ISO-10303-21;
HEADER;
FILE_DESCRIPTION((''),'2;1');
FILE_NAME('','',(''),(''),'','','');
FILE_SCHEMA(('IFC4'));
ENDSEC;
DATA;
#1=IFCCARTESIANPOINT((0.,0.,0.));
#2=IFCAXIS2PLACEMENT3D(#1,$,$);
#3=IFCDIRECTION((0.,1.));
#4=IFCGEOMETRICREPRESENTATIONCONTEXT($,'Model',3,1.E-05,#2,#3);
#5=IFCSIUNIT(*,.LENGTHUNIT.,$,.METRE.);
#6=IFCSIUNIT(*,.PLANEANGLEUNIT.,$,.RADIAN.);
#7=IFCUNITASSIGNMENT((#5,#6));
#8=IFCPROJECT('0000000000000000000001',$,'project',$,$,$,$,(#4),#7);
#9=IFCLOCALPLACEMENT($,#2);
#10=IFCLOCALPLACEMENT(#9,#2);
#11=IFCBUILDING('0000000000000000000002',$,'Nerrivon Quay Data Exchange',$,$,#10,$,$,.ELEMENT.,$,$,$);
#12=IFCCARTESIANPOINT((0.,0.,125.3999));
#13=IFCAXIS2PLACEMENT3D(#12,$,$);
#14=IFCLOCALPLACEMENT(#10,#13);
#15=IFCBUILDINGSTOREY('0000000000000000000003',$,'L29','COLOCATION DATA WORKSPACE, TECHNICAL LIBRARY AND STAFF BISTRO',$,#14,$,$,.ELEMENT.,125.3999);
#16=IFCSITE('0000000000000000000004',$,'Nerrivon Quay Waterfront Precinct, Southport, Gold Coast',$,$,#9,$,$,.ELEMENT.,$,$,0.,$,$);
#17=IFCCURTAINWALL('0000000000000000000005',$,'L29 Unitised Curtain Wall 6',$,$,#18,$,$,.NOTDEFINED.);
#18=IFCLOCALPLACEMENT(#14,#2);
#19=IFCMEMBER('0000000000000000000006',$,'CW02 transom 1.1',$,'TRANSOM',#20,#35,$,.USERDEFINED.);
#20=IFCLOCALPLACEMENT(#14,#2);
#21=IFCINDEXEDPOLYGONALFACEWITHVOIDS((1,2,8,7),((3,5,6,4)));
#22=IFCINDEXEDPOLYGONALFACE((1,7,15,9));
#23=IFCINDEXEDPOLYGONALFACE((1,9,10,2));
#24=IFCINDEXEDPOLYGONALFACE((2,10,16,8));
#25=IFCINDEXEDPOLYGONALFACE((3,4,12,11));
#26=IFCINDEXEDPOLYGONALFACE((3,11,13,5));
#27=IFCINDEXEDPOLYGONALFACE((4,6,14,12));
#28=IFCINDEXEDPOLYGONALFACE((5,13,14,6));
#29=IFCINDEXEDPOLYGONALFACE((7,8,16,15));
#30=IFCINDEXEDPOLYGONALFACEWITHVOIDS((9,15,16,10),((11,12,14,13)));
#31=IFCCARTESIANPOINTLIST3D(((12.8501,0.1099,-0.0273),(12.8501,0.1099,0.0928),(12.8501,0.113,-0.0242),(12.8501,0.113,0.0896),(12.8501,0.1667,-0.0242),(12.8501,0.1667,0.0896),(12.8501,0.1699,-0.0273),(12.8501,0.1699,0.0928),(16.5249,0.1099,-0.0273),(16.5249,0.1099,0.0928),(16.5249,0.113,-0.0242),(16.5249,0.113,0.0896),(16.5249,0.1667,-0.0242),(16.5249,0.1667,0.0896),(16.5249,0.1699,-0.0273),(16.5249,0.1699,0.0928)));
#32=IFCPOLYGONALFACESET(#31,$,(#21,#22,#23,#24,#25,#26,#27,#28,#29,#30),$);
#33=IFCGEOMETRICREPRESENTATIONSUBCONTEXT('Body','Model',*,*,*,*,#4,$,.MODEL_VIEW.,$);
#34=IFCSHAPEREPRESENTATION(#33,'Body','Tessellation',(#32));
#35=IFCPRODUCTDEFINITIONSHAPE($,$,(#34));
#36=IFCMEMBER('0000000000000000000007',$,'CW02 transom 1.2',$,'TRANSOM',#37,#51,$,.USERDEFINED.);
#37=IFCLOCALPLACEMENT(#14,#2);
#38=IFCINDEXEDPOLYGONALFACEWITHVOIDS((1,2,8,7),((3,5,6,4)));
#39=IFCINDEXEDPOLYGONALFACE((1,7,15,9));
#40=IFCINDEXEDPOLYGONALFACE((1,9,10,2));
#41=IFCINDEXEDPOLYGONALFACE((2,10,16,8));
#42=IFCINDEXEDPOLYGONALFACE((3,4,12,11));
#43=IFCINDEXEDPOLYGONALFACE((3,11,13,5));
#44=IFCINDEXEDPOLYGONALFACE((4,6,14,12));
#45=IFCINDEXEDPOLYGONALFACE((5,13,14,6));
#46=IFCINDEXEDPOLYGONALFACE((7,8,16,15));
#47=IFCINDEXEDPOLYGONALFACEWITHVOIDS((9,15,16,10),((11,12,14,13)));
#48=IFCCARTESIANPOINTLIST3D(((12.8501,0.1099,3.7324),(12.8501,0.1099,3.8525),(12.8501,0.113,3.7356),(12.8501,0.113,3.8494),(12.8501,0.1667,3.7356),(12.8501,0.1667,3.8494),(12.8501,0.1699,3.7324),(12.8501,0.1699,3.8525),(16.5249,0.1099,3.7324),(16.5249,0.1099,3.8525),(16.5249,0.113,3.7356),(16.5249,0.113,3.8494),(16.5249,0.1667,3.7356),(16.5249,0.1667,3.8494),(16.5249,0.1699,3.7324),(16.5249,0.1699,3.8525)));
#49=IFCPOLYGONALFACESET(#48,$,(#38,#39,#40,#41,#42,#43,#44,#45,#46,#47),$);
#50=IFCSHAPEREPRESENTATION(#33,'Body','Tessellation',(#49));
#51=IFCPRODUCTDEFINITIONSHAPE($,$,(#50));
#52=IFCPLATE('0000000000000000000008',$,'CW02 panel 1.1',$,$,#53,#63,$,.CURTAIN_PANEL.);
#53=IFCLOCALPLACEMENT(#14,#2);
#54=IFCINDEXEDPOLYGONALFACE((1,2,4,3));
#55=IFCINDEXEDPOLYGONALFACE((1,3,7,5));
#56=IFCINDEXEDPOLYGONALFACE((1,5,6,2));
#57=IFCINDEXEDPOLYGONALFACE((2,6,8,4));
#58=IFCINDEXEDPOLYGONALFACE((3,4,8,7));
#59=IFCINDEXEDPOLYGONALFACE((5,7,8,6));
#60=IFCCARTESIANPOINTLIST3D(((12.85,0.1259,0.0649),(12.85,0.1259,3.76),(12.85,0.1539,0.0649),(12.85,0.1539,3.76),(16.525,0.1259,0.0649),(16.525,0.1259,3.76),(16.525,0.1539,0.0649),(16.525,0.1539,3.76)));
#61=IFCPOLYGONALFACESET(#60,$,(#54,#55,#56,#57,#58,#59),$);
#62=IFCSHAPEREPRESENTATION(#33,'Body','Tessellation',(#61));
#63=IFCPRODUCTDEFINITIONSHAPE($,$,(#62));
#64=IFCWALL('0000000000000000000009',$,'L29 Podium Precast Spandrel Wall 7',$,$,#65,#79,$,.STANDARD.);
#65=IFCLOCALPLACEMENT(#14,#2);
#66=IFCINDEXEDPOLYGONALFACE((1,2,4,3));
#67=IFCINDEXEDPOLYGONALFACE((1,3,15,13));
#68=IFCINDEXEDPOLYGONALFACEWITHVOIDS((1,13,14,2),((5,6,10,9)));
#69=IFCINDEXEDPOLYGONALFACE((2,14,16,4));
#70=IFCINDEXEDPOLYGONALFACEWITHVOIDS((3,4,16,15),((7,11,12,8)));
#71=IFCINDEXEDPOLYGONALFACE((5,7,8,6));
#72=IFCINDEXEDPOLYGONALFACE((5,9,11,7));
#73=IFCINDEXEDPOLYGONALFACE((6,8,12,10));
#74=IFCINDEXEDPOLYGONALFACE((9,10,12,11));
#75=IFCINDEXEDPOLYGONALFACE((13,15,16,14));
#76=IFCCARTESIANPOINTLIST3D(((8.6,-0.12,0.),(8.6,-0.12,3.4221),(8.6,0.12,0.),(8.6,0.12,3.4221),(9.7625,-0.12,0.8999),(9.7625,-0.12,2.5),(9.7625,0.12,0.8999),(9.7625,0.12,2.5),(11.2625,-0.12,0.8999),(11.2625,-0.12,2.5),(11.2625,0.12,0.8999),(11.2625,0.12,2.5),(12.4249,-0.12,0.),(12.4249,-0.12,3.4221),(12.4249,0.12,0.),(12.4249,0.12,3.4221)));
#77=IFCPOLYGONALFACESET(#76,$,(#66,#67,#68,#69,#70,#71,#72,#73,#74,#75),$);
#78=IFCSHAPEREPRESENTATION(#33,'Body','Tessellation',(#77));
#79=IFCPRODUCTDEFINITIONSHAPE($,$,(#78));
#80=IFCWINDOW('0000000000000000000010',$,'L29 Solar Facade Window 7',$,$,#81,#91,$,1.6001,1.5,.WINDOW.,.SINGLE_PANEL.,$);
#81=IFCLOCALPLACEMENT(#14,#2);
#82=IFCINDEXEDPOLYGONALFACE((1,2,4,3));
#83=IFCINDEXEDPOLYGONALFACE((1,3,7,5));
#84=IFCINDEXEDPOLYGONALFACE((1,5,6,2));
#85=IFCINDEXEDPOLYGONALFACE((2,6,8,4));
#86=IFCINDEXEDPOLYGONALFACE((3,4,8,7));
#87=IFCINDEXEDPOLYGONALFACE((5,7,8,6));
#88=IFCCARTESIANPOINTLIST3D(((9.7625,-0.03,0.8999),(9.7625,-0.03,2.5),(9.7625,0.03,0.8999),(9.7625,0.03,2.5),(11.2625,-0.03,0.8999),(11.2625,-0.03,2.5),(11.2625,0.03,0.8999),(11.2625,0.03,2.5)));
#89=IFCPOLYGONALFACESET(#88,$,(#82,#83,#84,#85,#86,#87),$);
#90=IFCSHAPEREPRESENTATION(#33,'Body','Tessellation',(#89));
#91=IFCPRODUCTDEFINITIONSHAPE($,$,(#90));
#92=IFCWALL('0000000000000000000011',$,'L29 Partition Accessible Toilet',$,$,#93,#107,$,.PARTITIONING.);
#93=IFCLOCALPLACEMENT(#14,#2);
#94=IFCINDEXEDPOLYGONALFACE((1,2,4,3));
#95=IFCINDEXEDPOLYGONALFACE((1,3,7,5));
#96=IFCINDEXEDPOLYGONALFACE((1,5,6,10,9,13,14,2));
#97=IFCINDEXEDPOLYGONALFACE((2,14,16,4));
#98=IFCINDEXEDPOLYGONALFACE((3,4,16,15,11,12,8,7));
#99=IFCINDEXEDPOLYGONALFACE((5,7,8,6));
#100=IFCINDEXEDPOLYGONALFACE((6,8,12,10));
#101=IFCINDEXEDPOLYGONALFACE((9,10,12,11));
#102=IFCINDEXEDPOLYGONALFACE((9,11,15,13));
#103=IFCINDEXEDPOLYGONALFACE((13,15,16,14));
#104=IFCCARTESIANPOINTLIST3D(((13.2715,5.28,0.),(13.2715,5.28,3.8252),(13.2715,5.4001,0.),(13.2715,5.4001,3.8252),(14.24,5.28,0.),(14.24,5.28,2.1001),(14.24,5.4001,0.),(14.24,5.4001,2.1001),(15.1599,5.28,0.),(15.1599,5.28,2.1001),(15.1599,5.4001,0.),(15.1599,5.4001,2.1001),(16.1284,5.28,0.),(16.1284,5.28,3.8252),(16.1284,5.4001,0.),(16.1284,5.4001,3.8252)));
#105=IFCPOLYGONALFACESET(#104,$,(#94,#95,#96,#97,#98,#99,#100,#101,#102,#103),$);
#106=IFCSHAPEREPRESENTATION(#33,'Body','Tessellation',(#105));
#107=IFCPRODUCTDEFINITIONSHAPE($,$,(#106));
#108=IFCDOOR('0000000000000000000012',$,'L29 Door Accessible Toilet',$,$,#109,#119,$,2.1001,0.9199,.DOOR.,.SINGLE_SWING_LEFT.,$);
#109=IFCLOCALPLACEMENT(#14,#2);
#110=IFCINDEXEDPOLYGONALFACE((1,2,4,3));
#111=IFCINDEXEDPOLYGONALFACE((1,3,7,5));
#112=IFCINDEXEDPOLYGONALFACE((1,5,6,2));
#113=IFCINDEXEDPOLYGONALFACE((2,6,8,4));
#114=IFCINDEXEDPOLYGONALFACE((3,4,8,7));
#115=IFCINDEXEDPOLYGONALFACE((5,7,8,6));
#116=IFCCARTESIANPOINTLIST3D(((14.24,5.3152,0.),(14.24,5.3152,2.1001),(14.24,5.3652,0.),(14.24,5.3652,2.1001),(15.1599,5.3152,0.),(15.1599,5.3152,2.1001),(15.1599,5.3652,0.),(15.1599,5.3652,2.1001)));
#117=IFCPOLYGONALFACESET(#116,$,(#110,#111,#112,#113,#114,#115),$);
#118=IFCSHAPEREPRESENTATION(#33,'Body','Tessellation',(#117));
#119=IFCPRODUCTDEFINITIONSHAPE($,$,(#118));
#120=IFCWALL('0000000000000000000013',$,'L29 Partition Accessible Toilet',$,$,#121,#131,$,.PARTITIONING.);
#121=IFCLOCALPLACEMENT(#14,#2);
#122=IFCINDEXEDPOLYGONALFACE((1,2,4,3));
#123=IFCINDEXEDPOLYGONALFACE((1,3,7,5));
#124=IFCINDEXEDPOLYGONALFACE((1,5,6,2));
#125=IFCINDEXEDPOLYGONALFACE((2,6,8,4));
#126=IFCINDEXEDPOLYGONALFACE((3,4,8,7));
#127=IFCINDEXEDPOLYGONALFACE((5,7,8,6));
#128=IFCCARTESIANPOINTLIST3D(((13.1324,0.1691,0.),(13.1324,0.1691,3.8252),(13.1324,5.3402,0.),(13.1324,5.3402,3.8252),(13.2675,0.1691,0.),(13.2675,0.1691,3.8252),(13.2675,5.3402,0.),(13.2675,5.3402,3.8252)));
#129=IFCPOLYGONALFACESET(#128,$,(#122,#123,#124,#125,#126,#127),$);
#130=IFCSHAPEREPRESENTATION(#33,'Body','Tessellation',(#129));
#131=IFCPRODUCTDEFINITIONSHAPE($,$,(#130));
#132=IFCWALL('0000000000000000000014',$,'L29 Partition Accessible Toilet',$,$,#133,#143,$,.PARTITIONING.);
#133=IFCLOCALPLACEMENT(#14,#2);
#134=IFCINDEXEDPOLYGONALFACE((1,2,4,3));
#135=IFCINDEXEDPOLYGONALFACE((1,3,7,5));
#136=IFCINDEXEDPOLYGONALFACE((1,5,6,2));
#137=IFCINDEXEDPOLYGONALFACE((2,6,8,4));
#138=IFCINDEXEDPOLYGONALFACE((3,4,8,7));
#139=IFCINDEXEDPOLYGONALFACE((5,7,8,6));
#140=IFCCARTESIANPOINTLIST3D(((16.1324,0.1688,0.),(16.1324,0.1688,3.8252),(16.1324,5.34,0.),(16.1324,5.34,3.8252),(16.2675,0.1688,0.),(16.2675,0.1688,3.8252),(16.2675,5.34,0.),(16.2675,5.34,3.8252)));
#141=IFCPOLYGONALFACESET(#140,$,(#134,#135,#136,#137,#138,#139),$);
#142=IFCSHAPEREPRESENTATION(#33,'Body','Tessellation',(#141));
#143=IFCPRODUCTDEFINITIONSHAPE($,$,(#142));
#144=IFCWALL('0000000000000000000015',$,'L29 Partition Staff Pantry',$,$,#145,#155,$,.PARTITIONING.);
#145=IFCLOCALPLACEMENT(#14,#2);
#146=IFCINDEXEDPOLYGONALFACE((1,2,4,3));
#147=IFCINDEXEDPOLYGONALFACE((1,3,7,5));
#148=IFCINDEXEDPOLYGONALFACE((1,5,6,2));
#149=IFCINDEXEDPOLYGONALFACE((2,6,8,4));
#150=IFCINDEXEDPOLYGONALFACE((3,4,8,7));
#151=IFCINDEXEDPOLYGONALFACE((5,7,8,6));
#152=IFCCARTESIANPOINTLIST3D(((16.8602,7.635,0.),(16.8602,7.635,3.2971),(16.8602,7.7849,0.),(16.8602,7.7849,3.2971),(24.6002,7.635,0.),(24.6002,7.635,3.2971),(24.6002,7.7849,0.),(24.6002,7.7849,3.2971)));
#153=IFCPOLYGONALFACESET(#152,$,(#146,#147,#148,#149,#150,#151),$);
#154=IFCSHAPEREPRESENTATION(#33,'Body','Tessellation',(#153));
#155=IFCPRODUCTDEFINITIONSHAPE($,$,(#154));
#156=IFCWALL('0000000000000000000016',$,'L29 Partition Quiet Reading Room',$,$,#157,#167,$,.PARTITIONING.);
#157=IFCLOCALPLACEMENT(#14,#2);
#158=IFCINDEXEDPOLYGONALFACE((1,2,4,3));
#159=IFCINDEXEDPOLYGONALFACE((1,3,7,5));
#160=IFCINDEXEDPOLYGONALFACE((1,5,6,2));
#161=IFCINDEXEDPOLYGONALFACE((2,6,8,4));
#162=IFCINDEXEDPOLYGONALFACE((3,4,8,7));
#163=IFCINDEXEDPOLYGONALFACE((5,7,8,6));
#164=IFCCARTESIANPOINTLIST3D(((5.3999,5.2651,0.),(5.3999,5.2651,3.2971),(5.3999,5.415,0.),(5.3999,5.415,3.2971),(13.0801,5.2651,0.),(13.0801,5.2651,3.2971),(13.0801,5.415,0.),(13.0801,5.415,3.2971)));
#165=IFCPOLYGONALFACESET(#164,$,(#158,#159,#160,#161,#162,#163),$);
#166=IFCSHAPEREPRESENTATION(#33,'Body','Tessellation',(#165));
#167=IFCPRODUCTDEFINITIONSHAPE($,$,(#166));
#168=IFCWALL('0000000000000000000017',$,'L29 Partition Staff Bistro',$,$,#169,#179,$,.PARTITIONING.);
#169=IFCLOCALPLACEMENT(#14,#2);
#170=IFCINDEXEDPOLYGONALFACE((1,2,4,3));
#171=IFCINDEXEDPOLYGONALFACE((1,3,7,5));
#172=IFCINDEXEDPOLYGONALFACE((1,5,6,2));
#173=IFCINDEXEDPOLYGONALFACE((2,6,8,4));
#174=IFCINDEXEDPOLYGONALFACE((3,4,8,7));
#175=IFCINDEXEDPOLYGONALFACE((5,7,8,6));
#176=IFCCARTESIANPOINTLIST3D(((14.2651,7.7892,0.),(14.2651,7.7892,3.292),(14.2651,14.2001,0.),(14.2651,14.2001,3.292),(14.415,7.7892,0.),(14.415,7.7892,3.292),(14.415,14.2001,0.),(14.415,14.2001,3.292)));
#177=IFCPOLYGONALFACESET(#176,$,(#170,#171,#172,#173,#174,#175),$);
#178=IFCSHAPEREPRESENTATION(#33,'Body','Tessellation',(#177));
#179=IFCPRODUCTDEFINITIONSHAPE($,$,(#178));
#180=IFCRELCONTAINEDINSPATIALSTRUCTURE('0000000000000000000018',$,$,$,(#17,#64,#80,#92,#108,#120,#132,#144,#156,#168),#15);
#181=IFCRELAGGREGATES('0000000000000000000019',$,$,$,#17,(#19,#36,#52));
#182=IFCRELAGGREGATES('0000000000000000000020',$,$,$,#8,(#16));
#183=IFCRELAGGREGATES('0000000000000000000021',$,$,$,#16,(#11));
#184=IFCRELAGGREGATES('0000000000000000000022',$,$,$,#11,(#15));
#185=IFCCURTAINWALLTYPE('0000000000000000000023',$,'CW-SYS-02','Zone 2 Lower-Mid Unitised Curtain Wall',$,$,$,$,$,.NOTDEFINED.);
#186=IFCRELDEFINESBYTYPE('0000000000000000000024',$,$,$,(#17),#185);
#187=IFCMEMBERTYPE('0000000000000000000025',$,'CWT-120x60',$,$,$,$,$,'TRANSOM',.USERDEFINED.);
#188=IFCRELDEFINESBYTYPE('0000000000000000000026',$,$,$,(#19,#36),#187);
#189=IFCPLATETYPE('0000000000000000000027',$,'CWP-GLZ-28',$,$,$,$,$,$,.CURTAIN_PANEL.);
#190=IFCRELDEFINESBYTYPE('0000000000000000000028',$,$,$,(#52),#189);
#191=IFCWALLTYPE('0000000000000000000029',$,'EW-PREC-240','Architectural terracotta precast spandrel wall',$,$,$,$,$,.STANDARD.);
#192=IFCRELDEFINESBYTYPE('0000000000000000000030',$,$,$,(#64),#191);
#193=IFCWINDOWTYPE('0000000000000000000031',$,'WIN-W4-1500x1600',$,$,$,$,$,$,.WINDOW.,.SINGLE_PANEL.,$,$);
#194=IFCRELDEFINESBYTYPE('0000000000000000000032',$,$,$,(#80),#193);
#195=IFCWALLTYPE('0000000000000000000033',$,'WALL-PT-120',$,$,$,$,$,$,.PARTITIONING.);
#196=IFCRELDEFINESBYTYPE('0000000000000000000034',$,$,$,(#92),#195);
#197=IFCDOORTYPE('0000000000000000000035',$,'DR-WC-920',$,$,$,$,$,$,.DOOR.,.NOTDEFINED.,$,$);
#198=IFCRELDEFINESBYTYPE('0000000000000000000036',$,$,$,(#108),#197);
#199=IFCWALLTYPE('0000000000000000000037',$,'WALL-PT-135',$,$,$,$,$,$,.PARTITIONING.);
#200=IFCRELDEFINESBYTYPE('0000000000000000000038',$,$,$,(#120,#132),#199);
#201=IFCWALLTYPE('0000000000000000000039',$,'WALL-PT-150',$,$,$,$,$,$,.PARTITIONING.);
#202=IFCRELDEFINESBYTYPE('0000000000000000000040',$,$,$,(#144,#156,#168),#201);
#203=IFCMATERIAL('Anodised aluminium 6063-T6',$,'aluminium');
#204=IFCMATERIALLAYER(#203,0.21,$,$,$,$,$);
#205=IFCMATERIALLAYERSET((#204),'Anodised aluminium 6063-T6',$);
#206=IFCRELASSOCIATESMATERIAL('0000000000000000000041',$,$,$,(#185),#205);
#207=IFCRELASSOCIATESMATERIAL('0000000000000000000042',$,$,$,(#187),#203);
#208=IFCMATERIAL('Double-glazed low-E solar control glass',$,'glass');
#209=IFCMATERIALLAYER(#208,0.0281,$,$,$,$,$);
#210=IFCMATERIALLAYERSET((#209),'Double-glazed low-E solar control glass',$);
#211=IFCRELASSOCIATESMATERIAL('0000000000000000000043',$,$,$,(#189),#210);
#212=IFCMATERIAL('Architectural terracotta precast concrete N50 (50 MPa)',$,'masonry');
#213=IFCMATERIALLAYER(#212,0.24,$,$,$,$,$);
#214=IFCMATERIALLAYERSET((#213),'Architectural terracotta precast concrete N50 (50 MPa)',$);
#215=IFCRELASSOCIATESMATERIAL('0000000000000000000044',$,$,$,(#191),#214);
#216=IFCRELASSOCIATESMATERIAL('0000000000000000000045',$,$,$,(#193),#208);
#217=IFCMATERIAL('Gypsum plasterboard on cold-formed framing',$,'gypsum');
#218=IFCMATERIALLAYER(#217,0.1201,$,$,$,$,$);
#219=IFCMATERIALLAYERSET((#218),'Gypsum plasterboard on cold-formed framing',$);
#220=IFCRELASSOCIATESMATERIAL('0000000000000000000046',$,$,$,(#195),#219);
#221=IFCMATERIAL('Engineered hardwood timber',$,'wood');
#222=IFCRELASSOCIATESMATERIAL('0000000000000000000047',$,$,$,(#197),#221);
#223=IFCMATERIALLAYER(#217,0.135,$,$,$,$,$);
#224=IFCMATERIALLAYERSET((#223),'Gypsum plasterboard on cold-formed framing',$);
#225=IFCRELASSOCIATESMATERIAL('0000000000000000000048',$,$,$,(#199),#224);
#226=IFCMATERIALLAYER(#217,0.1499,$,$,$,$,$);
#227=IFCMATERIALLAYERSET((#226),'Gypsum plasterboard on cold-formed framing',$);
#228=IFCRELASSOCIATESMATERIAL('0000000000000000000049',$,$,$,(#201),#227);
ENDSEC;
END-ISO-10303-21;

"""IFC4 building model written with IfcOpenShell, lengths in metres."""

from ifc_helpers import new_model, si_unit, direction, frame, frame_2d, origin, origin_2d, place, context, subcontext, project, spatial, rectangle, hollow_rectangle, extrude, material, layer, layer_set, material_profile, profile_set, type_object, element, fill, aggregate, save


model = new_model("IFC4")

# Units and contexts
model_context = context("Model", 3, precision=1e-05, world=origin(), true_north=direction((0.0, 1.0)))
body_context = subcontext(model_context, "Body", "Model", "MODEL_VIEW")
ifc_project = project(units=[si_unit("LENGTHUNIT", "METRE"), si_unit("PLANEANGLEUNIT", "RADIAN")], contexts=[model_context])

# Site, building, storey
site_placement = place(None, origin())
site = spatial("IfcSite", under=ifc_project, at=site_placement, Name="Nerrivon Quay Waterfront Precinct, Southport, Gold Coast", CompositionType="ELEMENT", RefElevation=0.0)
building_placement = place(site_placement, origin())
building = spatial("IfcBuilding", under=site, at=building_placement, Name="Nerrivon Quay Data Exchange", CompositionType="ELEMENT")
storey_placement = place(building_placement, frame((0.0, 0.0, 125.3999)))
storey = spatial("IfcBuildingStorey", under=building, at=storey_placement, Name="L29", Description="COLOCATION DATA WORKSPACE, TECHNICAL LIBRARY AND STAFF BISTRO", CompositionType="ELEMENT", Elevation=125.3999)

# Curtain wall, members, plate
ifc_material_1 = material(Name="Anodised aluminium 6063-T6", Category="aluminium")
ifc_layer_1 = layer(ifc_material_1, 0.21)
ifc_layer_set_1 = layer_set([ifc_layer_1], Name="Anodised aluminium 6063-T6")
curtain_wall_type = type_object("IfcCurtainWallType", Name="CW-SYS-02", Description="Zone 2 Lower-Mid Unitised Curtain Wall", PredefinedType="NOTDEFINED", material=ifc_layer_set_1)
curtain_wall_placement = place(storey_placement, origin())
curtain_wall = element("IfcCurtainWall", 1, at=curtain_wall_placement, inside=storey, type_object=curtain_wall_type, Name="L29 Unitised Curtain Wall 6", PredefinedType="NOTDEFINED")
ifc_material_profile_1 = material_profile(ifc_material_1, hollow_rectangle(XDim=0.0601, YDim=0.1201, WallThickness=0.0032, at=origin_2d()), Name="ALU-TRAN-120x60")
ifc_profile_set_1 = profile_set([ifc_material_profile_1], Name="Anodised aluminium 6063-T6")
member_type_1 = type_object("IfcMemberType", Name="CWT-120x60", ElementType="TRANSOM", PredefinedType="USERDEFINED", material=ifc_profile_set_1)
member_1_placement = place(storey_placement, frame((16.5249, 0.1399, 0.0327), z_axis=(-1.0, 0.0, 0.0), x_axis=(0.0, -1.0, 0.0)))
member_1 = element("IfcMember", 2, at=member_1_placement, type_object=member_type_1, Name="CW02 transom 1.1", ObjectType="TRANSOM", PredefinedType="USERDEFINED", context=body_context, shape_type="SweptSolid", body=[
    extrude(hollow_rectangle(XDim=0.0601, YDim=0.1201, WallThickness=0.0032, at=origin_2d()), origin(), (0.0, 0.0, 1.0), 3.6748),
])
member_2_placement = place(storey_placement, frame((16.5249, 0.1399, 3.7925), z_axis=(-1.0, 0.0, 0.0), x_axis=(0.0, -1.0, 0.0)))
member_2 = element("IfcMember", 3, at=member_2_placement, type_object=member_type_1, Name="CW02 transom 1.2", ObjectType="TRANSOM", PredefinedType="USERDEFINED", context=body_context, shape_type="SweptSolid", body=[
    extrude(hollow_rectangle(XDim=0.0601, YDim=0.1201, WallThickness=0.0032, at=origin_2d()), origin(), (0.0, 0.0, 1.0), 3.6748),
])
ifc_material_2 = material(Name="Double-glazed low-E solar control glass", Category="glass")
ifc_layer_2 = layer(ifc_material_2, 0.0281)
ifc_layer_set_2 = layer_set([ifc_layer_2], Name="Double-glazed low-E solar control glass")
plate_type = type_object("IfcPlateType", Name="CWP-GLZ-28", PredefinedType="CURTAIN_PANEL", material=ifc_layer_set_2)
plate_placement = place(storey_placement, frame((14.6875, 0.1399, 0.0649), z_axis=(0.0, 0.0, 1.0), x_axis=(-1.0, 0.0, 0.0)))
plate = element("IfcPlate", 4, at=plate_placement, type_object=plate_type, Name="CW02 panel 1.1", PredefinedType="CURTAIN_PANEL", context=body_context, shape_type="SweptSolid", body=[
    extrude(rectangle(XDim=3.675, YDim=0.0281, at=origin_2d()), origin(), (0.0, 0.0, 1.0), 3.6951),
])
aggregate(curtain_wall, [member_1, member_2, plate])

# Wall, opening, window
ifc_material_3 = material(Name="Architectural terracotta precast concrete N50 (50 MPa)", Category="masonry")
ifc_layer_3 = layer(ifc_material_3, 0.24)
ifc_layer_set_3 = layer_set([ifc_layer_3], Name="Architectural terracotta precast concrete N50 (50 MPa)")
wall_type_1 = type_object("IfcWallType", Name="EW-PREC-240", Description="Architectural terracotta precast spandrel wall", PredefinedType="STANDARD", material=ifc_layer_set_3)
wall_1_placement = place(storey_placement, frame((12.425, 0.0, 0.0), z_axis=(0.0, 0.0, 1.0), x_axis=(-1.0, 0.0, 0.0)))
wall_1 = element("IfcWall", 5, at=wall_1_placement, inside=storey, type_object=wall_type_1, Name="L29 Podium Precast Spandrel Wall 7", PredefinedType="STANDARD", context=body_context, shape_type="SweptSolid", body=[
    extrude(rectangle(XDim=3.825, YDim=0.24, at=frame_2d((1.9126, 0.0))), origin(), (0.0, 0.0, 1.0), 3.4221),
])
opening_1_placement = place(wall_1_placement, frame((1.1626, 0.0, 0.8999)))
opening_1 = element("IfcOpeningElement", 6, at=opening_1_placement, cuts=wall_1, PredefinedType="OPENING", context=body_context, shape_type="SweptSolid", body=[
    extrude(rectangle(XDim=1.5, YDim=1.6001, at=frame_2d((0.75, 0.8))), frame((0.0, 0.1299, 0.0), z_axis=(0.0, -1.0, 0.0), x_axis=(1.0, 0.0, 0.0)), (0.0, 0.0, 1.0), 0.26),
])
window_type = type_object("IfcWindowType", Name="WIN-W4-1500x1600", PartitioningType="SINGLE_PANEL", PredefinedType="WINDOW", material=ifc_material_2)
window_placement = place(opening_1_placement, origin())
window = element("IfcWindow", 7, at=window_placement, inside=storey, type_object=window_type, Name="L29 Solar Facade Window 7", OverallHeight=1.6001, OverallWidth=1.5, PartitioningType="SINGLE_PANEL", PredefinedType="WINDOW", context=body_context, shape_type="SweptSolid", body=[
    extrude(rectangle(XDim=1.5, YDim=1.6001, at=frame_2d((0.75, 0.8))), frame((0.0, 0.03, 0.0), z_axis=(0.0, -1.0, 0.0), x_axis=(1.0, 0.0, 0.0)), (0.0, 0.0, 1.0), 0.0601),
])
fill(opening_1, window)

# Wall, opening, door
ifc_material_4 = material(Name="Gypsum plasterboard on cold-formed framing", Category="gypsum")
ifc_layer_4 = layer(ifc_material_4, 0.1201)
ifc_layer_set_4 = layer_set([ifc_layer_4], Name="Gypsum plasterboard on cold-formed framing")
wall_type_2 = type_object("IfcWallType", Name="WALL-PT-120", PredefinedType="PARTITIONING", material=ifc_layer_set_4)
wall_2_placement = place(storey_placement, frame((16.1284, 5.3401, 0.0), z_axis=(0.0, 0.0, 1.0), x_axis=(-1.0, 0.0, 0.0)))
wall_2 = element("IfcWall", 8, at=wall_2_placement, inside=storey, type_object=wall_type_2, Name="L29 Partition Accessible Toilet", PredefinedType="PARTITIONING", context=body_context, shape_type="SweptSolid", body=[
    extrude(rectangle(XDim=2.8569, YDim=0.1201, at=frame_2d((1.4285, 0.0))), origin(), (0.0, 0.0, 1.0), 3.8252),
])
opening_2_placement = place(wall_2_placement, frame((0.9685, 0.0, 0.0)))
opening_2 = element("IfcOpeningElement", 9, at=opening_2_placement, cuts=wall_2, PredefinedType="OPENING", context=body_context, shape_type="SweptSolid", body=[
    extrude(rectangle(XDim=0.9199, YDim=2.1001, at=frame_2d((0.46, 1.05))), frame((0.0, 0.0701, 0.0), z_axis=(0.0, -1.0, 0.0), x_axis=(1.0, 0.0, 0.0)), (0.0, 0.0, 1.0), 0.1401),
])
ifc_material_5 = material(Name="Engineered hardwood timber", Category="wood")
door_type = type_object("IfcDoorType", Name="DR-WC-920", OperationType="NOTDEFINED", PredefinedType="DOOR", material=ifc_material_5)
door_placement = place(opening_2_placement, origin())
door = element("IfcDoor", 10, at=door_placement, inside=storey, type_object=door_type, Name="L29 Door Accessible Toilet", OperationType="SINGLE_SWING_LEFT", OverallHeight=2.1001, OverallWidth=0.9199, PredefinedType="DOOR", context=body_context, shape_type="SweptSolid", body=[
    extrude(rectangle(XDim=0.9199, YDim=2.1001, at=frame_2d((0.46, 1.05))), frame((0.0, 0.0249, 0.0), z_axis=(0.0, -1.0, 0.0), x_axis=(1.0, 0.0, 0.0)), (0.0, 0.0, 1.0), 0.05),
])
fill(opening_2, door)

# Walls
ifc_layer_5 = layer(ifc_material_4, 0.135)
ifc_layer_set_5 = layer_set([ifc_layer_5], Name="Gypsum plasterboard on cold-formed framing")
wall_type_3 = type_object("IfcWallType", Name="WALL-PT-135", PredefinedType="PARTITIONING", material=ifc_layer_set_5)
for number, where, z_axis, x_axis, name in (
    (11, (13.2, 5.3401, 0.0), (0.0, 0.0, 1.0), (0.0, -1.0, 0.0), "L29 Partition Accessible Toilet"),
    (12, (16.2, 0.1689, 0.0), (0.0, 0.0, 1.0), (0.0, 1.0, 0.0), "L29 Partition Accessible Toilet"),
):
    element("IfcWall", number, at=place(storey_placement, frame(where, z_axis=z_axis, x_axis=x_axis)), inside=storey, type_object=wall_type_3, Name=name, PredefinedType="PARTITIONING", context=body_context, shape_type="SweptSolid", body=[
        extrude(rectangle(XDim=5.1711, YDim=0.135, at=frame_2d((2.5854, 0.0))), origin(), (0.0, 0.0, 1.0), 3.8252),
    ])
ifc_layer_6 = layer(ifc_material_4, 0.1499)
ifc_layer_set_6 = layer_set([ifc_layer_6], Name="Gypsum plasterboard on cold-formed framing")
wall_type_4 = type_object("IfcWallType", Name="WALL-PT-150", PredefinedType="PARTITIONING", material=ifc_layer_set_6)
wall_3_placement = place(storey_placement, frame((16.8601, 7.71, 0.0), z_axis=(0.0, 0.0, 1.0), x_axis=(1.0, 0.0, 0.0)))
element("IfcWall", 13, at=wall_3_placement, inside=storey, type_object=wall_type_4, Name="L29 Partition Staff Pantry", PredefinedType="PARTITIONING", context=body_context, shape_type="SweptSolid", body=[
    extrude(rectangle(XDim=7.74, YDim=0.1499, at=frame_2d((3.8701, 0.0))), origin(), (0.0, 0.0, 1.0), 3.2971),
])
wall_4_placement = place(storey_placement, frame((13.0801, 5.3401, 0.0), z_axis=(0.0, 0.0, 1.0), x_axis=(-1.0, 0.0, 0.0)))
element("IfcWall", 14, at=wall_4_placement, inside=storey, type_object=wall_type_4, Name="L29 Partition Quiet Reading Room", PredefinedType="PARTITIONING", context=body_context, shape_type="SweptSolid", body=[
    extrude(rectangle(XDim=7.6802, YDim=0.1499, at=frame_2d((3.8401, 0.0))), origin(), (0.0, 0.0, 1.0), 3.2971),
])
wall_5_placement = place(storey_placement, frame((14.3401, 7.7891, 0.0), z_axis=(0.0, 0.0, 1.0), x_axis=(0.0, 1.0, 0.0)))
element("IfcWall", 15, at=wall_5_placement, inside=storey, type_object=wall_type_4, Name="L29 Partition Staff Bistro", PredefinedType="PARTITIONING", context=body_context, shape_type="SweptSolid", body=[
    extrude(rectangle(XDim=6.4109, YDim=0.1499, at=frame_2d((3.2056, 0.0))), origin(), (0.0, 0.0, 1.0), 3.292),
])

save(model, "model.ifc")
